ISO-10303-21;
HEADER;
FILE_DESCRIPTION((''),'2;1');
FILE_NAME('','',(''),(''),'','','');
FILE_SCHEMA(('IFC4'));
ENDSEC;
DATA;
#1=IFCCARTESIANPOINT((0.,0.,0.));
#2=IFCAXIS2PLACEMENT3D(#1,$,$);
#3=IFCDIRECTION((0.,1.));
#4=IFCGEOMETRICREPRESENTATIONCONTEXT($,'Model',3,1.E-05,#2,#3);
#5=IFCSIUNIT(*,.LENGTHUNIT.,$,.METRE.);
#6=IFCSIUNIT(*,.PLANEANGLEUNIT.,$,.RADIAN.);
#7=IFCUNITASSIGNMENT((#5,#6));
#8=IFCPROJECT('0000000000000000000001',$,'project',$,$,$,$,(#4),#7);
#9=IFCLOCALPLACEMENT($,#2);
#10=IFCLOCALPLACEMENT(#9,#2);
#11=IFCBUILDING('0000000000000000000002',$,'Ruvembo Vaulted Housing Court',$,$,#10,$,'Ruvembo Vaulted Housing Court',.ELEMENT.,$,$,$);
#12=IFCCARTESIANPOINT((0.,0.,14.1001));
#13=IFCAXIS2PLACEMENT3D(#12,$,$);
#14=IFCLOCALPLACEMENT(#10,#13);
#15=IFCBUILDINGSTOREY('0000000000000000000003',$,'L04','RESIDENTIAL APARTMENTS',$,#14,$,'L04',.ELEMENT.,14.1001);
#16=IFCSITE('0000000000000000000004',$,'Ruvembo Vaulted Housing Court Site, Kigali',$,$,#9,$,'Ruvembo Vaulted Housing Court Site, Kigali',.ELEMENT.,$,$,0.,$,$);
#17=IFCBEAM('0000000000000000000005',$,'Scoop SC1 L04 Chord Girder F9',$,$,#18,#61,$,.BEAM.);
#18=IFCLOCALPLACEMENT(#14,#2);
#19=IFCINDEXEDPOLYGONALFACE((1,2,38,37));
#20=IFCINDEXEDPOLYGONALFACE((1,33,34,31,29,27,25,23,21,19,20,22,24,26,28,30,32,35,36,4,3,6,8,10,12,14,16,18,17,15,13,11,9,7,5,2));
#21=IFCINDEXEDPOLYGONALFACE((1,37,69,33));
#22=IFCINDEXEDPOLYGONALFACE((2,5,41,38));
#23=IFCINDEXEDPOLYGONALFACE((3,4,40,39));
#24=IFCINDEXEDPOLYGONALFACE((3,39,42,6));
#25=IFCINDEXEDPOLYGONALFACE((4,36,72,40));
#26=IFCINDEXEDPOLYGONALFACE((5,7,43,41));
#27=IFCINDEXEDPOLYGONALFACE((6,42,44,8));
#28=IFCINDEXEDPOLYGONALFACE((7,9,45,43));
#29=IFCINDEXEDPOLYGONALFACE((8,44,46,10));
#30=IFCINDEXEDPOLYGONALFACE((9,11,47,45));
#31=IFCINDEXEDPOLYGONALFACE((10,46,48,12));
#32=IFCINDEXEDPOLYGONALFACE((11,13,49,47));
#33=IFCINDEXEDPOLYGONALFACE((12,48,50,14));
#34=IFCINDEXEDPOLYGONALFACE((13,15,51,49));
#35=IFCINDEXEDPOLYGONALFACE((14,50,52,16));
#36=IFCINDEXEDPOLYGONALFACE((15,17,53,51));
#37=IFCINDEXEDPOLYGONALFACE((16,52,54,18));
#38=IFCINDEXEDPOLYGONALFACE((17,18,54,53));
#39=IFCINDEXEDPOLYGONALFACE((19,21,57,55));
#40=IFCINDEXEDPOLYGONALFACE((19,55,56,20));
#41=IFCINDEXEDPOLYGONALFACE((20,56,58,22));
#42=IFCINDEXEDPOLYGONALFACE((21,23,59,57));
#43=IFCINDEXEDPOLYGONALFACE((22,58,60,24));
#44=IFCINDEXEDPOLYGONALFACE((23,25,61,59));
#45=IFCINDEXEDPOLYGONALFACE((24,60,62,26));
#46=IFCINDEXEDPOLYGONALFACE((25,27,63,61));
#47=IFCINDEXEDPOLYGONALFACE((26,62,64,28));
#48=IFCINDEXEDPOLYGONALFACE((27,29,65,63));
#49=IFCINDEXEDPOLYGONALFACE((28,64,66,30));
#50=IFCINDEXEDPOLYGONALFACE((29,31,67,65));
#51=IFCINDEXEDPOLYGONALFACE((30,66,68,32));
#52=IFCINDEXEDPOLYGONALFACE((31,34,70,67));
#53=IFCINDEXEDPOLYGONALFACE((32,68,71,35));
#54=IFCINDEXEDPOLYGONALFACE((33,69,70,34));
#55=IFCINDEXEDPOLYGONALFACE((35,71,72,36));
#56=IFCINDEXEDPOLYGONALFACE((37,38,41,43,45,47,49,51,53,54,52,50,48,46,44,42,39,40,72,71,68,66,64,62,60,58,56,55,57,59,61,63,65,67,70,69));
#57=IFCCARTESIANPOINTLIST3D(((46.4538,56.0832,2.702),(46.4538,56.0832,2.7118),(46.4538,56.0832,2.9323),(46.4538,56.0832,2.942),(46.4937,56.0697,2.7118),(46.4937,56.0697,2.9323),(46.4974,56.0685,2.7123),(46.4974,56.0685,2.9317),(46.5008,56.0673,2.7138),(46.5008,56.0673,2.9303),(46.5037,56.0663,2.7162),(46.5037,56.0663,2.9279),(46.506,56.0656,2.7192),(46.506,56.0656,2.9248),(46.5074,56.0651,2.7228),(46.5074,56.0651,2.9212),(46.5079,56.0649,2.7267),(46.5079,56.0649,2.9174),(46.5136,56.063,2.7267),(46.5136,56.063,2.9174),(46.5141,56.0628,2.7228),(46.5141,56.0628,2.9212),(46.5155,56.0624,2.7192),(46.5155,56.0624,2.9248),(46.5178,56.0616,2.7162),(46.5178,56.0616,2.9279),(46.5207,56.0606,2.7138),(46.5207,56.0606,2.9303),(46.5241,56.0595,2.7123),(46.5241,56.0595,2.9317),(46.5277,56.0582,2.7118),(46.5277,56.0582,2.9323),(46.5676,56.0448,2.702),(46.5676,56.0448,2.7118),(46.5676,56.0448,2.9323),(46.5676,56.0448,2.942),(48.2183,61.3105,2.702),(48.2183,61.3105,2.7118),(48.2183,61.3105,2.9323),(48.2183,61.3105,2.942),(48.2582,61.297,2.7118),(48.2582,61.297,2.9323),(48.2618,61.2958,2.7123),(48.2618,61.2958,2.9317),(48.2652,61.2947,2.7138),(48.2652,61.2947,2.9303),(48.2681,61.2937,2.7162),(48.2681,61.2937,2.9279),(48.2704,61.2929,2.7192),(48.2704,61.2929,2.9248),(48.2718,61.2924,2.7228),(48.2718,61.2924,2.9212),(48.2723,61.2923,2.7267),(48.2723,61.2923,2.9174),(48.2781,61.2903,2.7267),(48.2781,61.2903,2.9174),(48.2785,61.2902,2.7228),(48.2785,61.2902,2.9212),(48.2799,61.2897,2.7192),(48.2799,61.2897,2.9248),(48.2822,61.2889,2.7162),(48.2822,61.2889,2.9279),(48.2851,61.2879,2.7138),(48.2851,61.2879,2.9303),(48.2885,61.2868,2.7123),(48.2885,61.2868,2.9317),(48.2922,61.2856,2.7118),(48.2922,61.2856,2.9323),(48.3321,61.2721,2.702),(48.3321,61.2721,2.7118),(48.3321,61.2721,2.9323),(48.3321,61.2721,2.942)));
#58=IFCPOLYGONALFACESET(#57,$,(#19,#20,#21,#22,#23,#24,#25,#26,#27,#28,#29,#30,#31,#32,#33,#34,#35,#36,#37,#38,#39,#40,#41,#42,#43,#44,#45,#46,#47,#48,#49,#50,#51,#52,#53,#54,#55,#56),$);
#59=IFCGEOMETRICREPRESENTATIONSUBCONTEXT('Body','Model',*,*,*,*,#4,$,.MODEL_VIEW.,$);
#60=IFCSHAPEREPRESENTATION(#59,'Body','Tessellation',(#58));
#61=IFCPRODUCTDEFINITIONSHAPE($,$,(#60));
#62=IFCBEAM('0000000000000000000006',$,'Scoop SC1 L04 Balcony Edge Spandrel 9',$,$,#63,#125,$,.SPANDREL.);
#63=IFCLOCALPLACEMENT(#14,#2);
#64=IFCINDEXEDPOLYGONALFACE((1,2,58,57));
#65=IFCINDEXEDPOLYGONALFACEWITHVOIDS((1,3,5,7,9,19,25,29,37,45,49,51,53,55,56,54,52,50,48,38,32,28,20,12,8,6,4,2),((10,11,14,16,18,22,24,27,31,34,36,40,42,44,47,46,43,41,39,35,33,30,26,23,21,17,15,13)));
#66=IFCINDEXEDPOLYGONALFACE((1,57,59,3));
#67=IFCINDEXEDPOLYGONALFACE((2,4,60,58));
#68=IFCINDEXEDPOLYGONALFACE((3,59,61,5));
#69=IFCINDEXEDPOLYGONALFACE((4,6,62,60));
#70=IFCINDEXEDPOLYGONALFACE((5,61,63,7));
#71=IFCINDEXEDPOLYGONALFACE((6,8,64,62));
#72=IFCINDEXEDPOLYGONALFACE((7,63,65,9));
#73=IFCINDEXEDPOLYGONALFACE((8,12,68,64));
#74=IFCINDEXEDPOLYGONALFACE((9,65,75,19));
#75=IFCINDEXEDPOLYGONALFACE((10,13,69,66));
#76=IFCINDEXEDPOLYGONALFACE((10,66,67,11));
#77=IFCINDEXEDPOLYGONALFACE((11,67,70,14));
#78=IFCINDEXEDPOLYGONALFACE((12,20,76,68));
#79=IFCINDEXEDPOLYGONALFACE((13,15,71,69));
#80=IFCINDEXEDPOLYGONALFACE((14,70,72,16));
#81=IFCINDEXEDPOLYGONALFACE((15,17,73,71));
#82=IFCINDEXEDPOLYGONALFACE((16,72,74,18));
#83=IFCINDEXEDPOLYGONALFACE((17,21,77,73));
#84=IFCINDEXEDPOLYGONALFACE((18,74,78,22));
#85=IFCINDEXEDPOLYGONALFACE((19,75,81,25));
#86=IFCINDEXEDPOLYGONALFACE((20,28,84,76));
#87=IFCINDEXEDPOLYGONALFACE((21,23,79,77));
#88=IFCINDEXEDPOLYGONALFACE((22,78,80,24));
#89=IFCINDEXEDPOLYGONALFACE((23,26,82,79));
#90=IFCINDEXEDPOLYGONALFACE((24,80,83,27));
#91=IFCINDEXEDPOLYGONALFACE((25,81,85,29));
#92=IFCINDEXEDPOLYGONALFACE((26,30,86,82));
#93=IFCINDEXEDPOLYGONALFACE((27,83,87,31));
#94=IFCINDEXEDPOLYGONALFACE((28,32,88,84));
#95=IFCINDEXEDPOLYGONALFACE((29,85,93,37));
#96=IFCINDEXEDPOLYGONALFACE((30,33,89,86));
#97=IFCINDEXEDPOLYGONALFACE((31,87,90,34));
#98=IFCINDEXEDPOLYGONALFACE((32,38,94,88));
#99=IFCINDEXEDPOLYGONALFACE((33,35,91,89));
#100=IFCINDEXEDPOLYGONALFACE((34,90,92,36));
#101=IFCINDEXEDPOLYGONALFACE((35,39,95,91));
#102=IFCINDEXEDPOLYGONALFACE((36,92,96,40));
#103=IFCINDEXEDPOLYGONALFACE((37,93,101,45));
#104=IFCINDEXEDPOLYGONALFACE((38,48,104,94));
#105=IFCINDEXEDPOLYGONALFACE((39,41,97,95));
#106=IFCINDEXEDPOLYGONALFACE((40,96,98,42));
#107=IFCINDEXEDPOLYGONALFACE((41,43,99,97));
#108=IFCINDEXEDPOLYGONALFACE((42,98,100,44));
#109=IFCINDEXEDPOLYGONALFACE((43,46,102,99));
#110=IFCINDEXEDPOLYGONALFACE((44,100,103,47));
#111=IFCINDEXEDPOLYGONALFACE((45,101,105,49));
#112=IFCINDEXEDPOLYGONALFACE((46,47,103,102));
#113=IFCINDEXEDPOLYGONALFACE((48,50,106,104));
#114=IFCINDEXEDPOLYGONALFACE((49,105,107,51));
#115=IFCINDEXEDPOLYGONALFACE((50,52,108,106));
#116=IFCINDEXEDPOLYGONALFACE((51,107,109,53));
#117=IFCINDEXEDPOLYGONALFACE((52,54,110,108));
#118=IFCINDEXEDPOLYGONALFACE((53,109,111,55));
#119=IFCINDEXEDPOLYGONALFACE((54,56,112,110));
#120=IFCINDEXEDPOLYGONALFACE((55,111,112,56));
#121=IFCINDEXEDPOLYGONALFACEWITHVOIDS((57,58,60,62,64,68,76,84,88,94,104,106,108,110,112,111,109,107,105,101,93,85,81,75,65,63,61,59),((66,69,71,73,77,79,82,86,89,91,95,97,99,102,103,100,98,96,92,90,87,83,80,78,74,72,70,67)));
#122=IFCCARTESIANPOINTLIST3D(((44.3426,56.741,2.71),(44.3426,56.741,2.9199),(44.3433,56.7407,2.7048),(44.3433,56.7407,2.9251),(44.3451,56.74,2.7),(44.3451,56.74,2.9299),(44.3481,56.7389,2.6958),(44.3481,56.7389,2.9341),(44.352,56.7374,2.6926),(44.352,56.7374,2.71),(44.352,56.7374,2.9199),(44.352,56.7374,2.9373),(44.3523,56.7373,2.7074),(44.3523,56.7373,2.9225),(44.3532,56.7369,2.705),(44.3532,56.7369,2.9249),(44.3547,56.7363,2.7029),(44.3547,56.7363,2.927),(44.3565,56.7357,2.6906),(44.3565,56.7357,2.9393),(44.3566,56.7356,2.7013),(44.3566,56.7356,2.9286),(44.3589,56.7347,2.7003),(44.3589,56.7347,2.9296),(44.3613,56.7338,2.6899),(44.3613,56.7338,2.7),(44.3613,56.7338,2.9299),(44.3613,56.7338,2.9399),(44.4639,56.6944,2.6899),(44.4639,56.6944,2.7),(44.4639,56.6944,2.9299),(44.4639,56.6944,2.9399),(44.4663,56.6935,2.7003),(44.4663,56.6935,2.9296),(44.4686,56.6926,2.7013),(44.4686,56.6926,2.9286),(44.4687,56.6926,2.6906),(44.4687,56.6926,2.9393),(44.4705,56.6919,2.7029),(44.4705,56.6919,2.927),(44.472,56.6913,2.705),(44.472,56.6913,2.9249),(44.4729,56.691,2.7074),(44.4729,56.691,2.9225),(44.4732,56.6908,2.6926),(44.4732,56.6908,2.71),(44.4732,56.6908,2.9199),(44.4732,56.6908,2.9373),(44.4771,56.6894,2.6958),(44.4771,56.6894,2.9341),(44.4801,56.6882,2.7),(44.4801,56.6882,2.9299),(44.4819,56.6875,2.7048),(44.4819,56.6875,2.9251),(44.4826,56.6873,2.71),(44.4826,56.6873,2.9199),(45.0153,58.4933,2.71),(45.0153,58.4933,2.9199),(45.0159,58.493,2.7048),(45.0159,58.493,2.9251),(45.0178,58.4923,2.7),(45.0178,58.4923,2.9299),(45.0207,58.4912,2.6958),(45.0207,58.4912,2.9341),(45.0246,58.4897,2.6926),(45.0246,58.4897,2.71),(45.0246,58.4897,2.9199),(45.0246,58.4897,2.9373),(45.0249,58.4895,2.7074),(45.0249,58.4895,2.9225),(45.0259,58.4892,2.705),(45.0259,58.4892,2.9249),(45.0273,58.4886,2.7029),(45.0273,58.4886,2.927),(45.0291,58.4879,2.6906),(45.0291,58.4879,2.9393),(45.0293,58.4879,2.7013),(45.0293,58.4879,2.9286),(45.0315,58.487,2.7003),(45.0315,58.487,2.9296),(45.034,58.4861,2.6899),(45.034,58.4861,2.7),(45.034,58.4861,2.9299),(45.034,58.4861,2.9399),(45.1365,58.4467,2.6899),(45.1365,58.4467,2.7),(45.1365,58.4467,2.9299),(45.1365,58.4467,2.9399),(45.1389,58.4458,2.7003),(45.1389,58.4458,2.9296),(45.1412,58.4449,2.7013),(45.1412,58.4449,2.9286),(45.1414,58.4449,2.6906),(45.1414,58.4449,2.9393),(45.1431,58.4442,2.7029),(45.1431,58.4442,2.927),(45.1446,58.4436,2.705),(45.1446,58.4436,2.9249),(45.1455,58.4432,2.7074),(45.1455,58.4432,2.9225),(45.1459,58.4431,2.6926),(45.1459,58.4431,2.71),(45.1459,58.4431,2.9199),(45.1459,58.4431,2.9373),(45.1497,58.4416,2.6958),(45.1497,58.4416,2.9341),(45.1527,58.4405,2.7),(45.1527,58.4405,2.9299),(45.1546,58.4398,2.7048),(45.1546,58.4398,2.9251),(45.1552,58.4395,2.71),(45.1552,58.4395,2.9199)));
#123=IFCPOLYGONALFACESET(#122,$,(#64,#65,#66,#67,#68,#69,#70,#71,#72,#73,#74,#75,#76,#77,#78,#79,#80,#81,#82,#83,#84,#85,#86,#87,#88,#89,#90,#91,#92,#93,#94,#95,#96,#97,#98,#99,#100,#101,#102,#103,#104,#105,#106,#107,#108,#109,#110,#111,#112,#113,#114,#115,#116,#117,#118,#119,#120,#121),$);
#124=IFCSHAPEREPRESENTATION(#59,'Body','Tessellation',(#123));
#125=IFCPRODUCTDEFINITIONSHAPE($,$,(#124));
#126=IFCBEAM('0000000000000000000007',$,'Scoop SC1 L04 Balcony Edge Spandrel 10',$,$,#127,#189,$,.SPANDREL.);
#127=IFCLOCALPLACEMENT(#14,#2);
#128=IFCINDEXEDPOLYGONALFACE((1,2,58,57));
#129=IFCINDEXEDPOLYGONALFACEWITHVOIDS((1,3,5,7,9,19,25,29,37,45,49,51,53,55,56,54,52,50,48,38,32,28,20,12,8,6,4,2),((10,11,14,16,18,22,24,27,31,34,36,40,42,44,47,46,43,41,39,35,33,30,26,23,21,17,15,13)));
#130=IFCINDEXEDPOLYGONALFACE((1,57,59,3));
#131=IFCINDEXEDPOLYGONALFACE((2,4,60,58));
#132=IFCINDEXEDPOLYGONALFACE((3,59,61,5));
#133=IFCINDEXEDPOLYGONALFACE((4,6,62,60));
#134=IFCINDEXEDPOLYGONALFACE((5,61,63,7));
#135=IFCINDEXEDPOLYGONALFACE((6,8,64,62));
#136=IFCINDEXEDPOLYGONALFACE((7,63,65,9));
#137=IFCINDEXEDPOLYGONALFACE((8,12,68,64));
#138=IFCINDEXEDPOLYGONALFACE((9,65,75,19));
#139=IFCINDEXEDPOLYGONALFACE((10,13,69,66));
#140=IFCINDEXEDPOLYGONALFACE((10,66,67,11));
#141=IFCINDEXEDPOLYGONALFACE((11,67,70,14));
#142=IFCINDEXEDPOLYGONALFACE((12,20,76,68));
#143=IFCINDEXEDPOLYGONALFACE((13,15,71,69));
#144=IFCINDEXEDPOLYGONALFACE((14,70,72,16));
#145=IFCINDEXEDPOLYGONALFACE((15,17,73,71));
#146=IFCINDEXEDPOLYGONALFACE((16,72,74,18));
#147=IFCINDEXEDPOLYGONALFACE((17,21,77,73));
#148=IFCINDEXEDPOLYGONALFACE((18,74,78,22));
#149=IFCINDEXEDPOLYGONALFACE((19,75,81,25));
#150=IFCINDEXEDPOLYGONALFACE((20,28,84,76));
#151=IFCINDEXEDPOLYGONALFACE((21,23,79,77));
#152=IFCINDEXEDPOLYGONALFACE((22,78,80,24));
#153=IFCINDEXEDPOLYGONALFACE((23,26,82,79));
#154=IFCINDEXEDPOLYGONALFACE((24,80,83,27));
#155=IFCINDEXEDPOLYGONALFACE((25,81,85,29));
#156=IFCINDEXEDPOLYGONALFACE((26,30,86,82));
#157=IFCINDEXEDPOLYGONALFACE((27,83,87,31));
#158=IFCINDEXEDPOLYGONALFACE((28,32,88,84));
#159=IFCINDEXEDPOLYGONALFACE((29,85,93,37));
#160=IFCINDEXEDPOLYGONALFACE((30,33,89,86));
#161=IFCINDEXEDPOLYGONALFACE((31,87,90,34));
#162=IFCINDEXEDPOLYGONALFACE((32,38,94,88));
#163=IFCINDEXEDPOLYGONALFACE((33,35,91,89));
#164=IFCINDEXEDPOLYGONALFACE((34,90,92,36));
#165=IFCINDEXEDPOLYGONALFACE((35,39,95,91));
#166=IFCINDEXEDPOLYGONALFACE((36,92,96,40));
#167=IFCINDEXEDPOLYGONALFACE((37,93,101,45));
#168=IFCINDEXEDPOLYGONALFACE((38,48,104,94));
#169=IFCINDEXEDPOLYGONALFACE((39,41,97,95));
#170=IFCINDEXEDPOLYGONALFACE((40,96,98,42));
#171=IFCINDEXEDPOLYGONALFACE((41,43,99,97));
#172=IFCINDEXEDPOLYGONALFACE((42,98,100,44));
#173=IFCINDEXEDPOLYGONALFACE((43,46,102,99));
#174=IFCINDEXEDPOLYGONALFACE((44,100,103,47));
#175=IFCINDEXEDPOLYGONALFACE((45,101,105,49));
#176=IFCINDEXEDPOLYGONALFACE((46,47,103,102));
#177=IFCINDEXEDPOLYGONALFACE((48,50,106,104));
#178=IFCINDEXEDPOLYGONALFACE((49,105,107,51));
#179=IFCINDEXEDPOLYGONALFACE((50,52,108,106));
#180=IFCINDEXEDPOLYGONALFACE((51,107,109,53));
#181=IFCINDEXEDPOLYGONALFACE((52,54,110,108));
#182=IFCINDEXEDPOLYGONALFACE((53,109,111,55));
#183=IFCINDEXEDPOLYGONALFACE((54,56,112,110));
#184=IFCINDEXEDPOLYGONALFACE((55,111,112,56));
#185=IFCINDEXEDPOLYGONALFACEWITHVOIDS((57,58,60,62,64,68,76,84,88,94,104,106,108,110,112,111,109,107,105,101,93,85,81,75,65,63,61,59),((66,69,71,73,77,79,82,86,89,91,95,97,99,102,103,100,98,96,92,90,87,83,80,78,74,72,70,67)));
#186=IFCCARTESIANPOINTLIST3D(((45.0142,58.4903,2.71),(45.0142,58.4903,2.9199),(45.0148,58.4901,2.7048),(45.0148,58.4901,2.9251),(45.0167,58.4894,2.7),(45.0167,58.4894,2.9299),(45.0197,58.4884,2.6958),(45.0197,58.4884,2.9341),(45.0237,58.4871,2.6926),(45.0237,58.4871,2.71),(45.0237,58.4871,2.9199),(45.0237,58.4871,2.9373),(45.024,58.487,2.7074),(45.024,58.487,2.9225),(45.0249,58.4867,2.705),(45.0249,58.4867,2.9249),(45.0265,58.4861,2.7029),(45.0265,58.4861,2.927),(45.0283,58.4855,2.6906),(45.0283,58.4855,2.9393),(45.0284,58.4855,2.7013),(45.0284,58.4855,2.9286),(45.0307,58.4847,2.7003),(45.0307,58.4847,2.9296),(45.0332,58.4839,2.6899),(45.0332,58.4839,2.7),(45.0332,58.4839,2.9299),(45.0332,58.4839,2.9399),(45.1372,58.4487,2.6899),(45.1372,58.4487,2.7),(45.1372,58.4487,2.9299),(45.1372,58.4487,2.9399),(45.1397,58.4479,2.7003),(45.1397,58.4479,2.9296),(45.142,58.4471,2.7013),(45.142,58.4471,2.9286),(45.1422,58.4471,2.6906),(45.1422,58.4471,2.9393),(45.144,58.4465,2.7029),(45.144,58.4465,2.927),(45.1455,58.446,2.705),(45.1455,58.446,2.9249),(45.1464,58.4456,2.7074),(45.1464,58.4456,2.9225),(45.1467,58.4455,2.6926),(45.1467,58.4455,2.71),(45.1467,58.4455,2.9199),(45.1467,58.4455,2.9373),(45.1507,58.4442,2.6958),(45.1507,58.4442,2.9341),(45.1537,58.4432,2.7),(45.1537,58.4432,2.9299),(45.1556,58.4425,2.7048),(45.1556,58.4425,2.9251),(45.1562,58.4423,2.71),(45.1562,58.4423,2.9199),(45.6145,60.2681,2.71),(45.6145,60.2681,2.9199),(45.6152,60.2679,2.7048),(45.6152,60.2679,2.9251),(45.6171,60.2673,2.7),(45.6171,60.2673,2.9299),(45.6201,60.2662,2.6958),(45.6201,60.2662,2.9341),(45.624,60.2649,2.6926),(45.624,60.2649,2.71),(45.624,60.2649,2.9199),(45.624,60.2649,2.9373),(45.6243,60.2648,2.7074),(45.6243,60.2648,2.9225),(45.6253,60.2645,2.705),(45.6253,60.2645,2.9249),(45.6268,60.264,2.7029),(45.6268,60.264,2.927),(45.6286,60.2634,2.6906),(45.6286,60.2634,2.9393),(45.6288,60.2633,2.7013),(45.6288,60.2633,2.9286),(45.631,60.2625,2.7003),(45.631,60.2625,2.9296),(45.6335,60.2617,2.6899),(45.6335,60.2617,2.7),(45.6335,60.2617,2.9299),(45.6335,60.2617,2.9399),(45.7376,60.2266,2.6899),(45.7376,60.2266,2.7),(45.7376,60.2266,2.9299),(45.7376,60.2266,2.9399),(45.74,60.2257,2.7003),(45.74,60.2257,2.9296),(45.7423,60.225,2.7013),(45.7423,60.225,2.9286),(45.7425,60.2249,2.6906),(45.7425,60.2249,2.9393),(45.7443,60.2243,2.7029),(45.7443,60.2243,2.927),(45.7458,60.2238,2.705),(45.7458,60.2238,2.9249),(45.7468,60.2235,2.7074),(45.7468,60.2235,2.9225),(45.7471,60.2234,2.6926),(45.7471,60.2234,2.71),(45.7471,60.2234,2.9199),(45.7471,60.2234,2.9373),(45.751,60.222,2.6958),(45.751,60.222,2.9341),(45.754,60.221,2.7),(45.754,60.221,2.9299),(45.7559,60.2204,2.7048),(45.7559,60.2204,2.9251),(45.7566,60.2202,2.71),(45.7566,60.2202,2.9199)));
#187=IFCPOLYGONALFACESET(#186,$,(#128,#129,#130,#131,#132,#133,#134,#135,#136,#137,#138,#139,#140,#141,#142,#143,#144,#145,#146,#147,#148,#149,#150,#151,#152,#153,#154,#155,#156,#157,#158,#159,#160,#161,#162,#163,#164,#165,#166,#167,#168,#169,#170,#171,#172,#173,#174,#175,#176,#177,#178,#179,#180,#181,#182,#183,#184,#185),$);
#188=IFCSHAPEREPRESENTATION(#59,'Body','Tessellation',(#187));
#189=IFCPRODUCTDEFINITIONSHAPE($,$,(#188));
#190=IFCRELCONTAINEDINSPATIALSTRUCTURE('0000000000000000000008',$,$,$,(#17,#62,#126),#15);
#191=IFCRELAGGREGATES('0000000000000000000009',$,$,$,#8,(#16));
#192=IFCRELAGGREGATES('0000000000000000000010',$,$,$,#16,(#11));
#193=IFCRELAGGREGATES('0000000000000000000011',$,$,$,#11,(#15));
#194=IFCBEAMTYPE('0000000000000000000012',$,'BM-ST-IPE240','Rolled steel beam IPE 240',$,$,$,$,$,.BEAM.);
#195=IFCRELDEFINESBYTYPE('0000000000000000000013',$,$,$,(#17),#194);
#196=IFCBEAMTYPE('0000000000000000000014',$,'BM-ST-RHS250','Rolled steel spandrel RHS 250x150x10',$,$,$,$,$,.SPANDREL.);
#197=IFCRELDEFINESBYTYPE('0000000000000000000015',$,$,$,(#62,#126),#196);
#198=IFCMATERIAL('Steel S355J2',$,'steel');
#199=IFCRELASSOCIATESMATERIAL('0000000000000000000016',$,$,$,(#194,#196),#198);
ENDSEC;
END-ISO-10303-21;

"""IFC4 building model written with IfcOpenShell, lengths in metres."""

from ifc_helpers import new_model, si_unit, direction, frame, origin, origin_2d, place, context, subcontext, project, spatial, hollow_rectangle, i_section, extrude, material, material_profile, profile_set, type_object, element, save


model = new_model("IFC4")

# Units and contexts
model_context = context("Model", 3, precision=1e-05, world=origin(), true_north=direction((0.0, 1.0)))
body_context = subcontext(model_context, "Body", "Model", "MODEL_VIEW")
ifc_project = project(units=[si_unit("LENGTHUNIT", "METRE"), si_unit("PLANEANGLEUNIT", "RADIAN")], contexts=[model_context])

# Site, building, storey
site_placement = place(None, origin())
site = spatial("IfcSite", under=ifc_project, at=site_placement, Name="Ruvembo Vaulted Housing Court Site, Kigali", LongName="Ruvembo Vaulted Housing Court Site, Kigali", CompositionType="ELEMENT", RefElevation=0.0)
building_placement = place(site_placement, origin())
building = spatial("IfcBuilding", under=site, at=building_placement, Name="Ruvembo Vaulted Housing Court", LongName="Ruvembo Vaulted Housing Court", CompositionType="ELEMENT")
storey_placement = place(building_placement, frame((0.0, 0.0, 14.1001)))
storey = spatial("IfcBuildingStorey", under=building, at=storey_placement, Name="L04", Description="RESIDENTIAL APARTMENTS", LongName="L04", CompositionType="ELEMENT", Elevation=14.1001)

# Beams
ifc_material_1 = material(Name="Steel S355J2", Category="steel")
ifc_material_profile_1 = material_profile(ifc_material_1, i_section(OverallWidth=0.1201, OverallDepth=0.24, WebThickness=0.0061, FlangeThickness=0.0098, FilletRadius=0.0149, at=origin_2d()), Name="IPE 240")
ifc_profile_set_1 = profile_set([ifc_material_profile_1], Name="Steel S355J2")
beam_type_1 = type_object("IfcBeamType", Name="BM-ST-IPE240", Description="Rolled steel beam IPE 240", PredefinedType="BEAM", material=ifc_profile_set_1)
beam_1_placement = place(storey_placement, frame((46.5107, 56.064, 2.822), z_axis=(0.31981, 0.947482, 0.0), x_axis=(-0.947482, 0.31981, 0.0)))
element("IfcBeam", 1, at=beam_1_placement, inside=storey, type_object=beam_type_1, Name="Scoop SC1 L04 Chord Girder F9", PredefinedType="BEAM", context=body_context, shape_type="SweptSolid", body=[
    extrude(i_section(OverallWidth=0.1201, OverallDepth=0.24, WebThickness=0.0061, FlangeThickness=0.0098, FilletRadius=0.0149, at=origin_2d()), origin(), (0.0, 0.0, 1.0), 5.5171),
])
ifc_material_profile_2 = material_profile(ifc_material_1, hollow_rectangle(XDim=0.1499, YDim=0.25, WallThickness=0.01, InnerFilletRadius=0.01, OuterFilletRadius=0.02, at=origin_2d()), Name="RHS 250x150x10")
ifc_profile_set_2 = profile_set([ifc_material_profile_2], Name="Steel S355J2")
beam_type_2 = type_object("IfcBeamType", Name="BM-ST-RHS250", Description="Rolled steel spandrel RHS 250x150x10", PredefinedType="SPANDREL", material=ifc_profile_set_2)
beam_2_placement = place(storey_placement, frame((44.4126, 56.7141, 2.8149), z_axis=(0.358369, 0.93358, 0.0), x_axis=(-0.93358, 0.358369, 0.0)))
element("IfcBeam", 2, at=beam_2_placement, inside=storey, type_object=beam_type_2, Name="Scoop SC1 L04 Balcony Edge Spandrel 9", PredefinedType="SPANDREL", context=body_context, shape_type="SweptSolid", body=[
    extrude(hollow_rectangle(XDim=0.1499, YDim=0.25, WallThickness=0.01, InnerFilletRadius=0.01, OuterFilletRadius=0.02, at=origin_2d()), origin(), (0.0, 0.0, 1.0), 1.877),
])
beam_3_placement = place(storey_placement, frame((45.0852, 58.4663, 2.8149), z_axis=(0.319933, 0.94744, 0.0), x_axis=(-0.94744, 0.319933, 0.0)))
element("IfcBeam", 3, at=beam_3_placement, inside=storey, type_object=beam_type_2, Name="Scoop SC1 L04 Balcony Edge Spandrel 10", PredefinedType="SPANDREL", context=body_context, shape_type="SweptSolid", body=[
    extrude(hollow_rectangle(XDim=0.1499, YDim=0.25, WallThickness=0.01, InnerFilletRadius=0.01, OuterFilletRadius=0.02, at=origin_2d()), origin(), (0.0, 0.0, 1.0), 1.8765),
])

save(model, "model.ifc")
